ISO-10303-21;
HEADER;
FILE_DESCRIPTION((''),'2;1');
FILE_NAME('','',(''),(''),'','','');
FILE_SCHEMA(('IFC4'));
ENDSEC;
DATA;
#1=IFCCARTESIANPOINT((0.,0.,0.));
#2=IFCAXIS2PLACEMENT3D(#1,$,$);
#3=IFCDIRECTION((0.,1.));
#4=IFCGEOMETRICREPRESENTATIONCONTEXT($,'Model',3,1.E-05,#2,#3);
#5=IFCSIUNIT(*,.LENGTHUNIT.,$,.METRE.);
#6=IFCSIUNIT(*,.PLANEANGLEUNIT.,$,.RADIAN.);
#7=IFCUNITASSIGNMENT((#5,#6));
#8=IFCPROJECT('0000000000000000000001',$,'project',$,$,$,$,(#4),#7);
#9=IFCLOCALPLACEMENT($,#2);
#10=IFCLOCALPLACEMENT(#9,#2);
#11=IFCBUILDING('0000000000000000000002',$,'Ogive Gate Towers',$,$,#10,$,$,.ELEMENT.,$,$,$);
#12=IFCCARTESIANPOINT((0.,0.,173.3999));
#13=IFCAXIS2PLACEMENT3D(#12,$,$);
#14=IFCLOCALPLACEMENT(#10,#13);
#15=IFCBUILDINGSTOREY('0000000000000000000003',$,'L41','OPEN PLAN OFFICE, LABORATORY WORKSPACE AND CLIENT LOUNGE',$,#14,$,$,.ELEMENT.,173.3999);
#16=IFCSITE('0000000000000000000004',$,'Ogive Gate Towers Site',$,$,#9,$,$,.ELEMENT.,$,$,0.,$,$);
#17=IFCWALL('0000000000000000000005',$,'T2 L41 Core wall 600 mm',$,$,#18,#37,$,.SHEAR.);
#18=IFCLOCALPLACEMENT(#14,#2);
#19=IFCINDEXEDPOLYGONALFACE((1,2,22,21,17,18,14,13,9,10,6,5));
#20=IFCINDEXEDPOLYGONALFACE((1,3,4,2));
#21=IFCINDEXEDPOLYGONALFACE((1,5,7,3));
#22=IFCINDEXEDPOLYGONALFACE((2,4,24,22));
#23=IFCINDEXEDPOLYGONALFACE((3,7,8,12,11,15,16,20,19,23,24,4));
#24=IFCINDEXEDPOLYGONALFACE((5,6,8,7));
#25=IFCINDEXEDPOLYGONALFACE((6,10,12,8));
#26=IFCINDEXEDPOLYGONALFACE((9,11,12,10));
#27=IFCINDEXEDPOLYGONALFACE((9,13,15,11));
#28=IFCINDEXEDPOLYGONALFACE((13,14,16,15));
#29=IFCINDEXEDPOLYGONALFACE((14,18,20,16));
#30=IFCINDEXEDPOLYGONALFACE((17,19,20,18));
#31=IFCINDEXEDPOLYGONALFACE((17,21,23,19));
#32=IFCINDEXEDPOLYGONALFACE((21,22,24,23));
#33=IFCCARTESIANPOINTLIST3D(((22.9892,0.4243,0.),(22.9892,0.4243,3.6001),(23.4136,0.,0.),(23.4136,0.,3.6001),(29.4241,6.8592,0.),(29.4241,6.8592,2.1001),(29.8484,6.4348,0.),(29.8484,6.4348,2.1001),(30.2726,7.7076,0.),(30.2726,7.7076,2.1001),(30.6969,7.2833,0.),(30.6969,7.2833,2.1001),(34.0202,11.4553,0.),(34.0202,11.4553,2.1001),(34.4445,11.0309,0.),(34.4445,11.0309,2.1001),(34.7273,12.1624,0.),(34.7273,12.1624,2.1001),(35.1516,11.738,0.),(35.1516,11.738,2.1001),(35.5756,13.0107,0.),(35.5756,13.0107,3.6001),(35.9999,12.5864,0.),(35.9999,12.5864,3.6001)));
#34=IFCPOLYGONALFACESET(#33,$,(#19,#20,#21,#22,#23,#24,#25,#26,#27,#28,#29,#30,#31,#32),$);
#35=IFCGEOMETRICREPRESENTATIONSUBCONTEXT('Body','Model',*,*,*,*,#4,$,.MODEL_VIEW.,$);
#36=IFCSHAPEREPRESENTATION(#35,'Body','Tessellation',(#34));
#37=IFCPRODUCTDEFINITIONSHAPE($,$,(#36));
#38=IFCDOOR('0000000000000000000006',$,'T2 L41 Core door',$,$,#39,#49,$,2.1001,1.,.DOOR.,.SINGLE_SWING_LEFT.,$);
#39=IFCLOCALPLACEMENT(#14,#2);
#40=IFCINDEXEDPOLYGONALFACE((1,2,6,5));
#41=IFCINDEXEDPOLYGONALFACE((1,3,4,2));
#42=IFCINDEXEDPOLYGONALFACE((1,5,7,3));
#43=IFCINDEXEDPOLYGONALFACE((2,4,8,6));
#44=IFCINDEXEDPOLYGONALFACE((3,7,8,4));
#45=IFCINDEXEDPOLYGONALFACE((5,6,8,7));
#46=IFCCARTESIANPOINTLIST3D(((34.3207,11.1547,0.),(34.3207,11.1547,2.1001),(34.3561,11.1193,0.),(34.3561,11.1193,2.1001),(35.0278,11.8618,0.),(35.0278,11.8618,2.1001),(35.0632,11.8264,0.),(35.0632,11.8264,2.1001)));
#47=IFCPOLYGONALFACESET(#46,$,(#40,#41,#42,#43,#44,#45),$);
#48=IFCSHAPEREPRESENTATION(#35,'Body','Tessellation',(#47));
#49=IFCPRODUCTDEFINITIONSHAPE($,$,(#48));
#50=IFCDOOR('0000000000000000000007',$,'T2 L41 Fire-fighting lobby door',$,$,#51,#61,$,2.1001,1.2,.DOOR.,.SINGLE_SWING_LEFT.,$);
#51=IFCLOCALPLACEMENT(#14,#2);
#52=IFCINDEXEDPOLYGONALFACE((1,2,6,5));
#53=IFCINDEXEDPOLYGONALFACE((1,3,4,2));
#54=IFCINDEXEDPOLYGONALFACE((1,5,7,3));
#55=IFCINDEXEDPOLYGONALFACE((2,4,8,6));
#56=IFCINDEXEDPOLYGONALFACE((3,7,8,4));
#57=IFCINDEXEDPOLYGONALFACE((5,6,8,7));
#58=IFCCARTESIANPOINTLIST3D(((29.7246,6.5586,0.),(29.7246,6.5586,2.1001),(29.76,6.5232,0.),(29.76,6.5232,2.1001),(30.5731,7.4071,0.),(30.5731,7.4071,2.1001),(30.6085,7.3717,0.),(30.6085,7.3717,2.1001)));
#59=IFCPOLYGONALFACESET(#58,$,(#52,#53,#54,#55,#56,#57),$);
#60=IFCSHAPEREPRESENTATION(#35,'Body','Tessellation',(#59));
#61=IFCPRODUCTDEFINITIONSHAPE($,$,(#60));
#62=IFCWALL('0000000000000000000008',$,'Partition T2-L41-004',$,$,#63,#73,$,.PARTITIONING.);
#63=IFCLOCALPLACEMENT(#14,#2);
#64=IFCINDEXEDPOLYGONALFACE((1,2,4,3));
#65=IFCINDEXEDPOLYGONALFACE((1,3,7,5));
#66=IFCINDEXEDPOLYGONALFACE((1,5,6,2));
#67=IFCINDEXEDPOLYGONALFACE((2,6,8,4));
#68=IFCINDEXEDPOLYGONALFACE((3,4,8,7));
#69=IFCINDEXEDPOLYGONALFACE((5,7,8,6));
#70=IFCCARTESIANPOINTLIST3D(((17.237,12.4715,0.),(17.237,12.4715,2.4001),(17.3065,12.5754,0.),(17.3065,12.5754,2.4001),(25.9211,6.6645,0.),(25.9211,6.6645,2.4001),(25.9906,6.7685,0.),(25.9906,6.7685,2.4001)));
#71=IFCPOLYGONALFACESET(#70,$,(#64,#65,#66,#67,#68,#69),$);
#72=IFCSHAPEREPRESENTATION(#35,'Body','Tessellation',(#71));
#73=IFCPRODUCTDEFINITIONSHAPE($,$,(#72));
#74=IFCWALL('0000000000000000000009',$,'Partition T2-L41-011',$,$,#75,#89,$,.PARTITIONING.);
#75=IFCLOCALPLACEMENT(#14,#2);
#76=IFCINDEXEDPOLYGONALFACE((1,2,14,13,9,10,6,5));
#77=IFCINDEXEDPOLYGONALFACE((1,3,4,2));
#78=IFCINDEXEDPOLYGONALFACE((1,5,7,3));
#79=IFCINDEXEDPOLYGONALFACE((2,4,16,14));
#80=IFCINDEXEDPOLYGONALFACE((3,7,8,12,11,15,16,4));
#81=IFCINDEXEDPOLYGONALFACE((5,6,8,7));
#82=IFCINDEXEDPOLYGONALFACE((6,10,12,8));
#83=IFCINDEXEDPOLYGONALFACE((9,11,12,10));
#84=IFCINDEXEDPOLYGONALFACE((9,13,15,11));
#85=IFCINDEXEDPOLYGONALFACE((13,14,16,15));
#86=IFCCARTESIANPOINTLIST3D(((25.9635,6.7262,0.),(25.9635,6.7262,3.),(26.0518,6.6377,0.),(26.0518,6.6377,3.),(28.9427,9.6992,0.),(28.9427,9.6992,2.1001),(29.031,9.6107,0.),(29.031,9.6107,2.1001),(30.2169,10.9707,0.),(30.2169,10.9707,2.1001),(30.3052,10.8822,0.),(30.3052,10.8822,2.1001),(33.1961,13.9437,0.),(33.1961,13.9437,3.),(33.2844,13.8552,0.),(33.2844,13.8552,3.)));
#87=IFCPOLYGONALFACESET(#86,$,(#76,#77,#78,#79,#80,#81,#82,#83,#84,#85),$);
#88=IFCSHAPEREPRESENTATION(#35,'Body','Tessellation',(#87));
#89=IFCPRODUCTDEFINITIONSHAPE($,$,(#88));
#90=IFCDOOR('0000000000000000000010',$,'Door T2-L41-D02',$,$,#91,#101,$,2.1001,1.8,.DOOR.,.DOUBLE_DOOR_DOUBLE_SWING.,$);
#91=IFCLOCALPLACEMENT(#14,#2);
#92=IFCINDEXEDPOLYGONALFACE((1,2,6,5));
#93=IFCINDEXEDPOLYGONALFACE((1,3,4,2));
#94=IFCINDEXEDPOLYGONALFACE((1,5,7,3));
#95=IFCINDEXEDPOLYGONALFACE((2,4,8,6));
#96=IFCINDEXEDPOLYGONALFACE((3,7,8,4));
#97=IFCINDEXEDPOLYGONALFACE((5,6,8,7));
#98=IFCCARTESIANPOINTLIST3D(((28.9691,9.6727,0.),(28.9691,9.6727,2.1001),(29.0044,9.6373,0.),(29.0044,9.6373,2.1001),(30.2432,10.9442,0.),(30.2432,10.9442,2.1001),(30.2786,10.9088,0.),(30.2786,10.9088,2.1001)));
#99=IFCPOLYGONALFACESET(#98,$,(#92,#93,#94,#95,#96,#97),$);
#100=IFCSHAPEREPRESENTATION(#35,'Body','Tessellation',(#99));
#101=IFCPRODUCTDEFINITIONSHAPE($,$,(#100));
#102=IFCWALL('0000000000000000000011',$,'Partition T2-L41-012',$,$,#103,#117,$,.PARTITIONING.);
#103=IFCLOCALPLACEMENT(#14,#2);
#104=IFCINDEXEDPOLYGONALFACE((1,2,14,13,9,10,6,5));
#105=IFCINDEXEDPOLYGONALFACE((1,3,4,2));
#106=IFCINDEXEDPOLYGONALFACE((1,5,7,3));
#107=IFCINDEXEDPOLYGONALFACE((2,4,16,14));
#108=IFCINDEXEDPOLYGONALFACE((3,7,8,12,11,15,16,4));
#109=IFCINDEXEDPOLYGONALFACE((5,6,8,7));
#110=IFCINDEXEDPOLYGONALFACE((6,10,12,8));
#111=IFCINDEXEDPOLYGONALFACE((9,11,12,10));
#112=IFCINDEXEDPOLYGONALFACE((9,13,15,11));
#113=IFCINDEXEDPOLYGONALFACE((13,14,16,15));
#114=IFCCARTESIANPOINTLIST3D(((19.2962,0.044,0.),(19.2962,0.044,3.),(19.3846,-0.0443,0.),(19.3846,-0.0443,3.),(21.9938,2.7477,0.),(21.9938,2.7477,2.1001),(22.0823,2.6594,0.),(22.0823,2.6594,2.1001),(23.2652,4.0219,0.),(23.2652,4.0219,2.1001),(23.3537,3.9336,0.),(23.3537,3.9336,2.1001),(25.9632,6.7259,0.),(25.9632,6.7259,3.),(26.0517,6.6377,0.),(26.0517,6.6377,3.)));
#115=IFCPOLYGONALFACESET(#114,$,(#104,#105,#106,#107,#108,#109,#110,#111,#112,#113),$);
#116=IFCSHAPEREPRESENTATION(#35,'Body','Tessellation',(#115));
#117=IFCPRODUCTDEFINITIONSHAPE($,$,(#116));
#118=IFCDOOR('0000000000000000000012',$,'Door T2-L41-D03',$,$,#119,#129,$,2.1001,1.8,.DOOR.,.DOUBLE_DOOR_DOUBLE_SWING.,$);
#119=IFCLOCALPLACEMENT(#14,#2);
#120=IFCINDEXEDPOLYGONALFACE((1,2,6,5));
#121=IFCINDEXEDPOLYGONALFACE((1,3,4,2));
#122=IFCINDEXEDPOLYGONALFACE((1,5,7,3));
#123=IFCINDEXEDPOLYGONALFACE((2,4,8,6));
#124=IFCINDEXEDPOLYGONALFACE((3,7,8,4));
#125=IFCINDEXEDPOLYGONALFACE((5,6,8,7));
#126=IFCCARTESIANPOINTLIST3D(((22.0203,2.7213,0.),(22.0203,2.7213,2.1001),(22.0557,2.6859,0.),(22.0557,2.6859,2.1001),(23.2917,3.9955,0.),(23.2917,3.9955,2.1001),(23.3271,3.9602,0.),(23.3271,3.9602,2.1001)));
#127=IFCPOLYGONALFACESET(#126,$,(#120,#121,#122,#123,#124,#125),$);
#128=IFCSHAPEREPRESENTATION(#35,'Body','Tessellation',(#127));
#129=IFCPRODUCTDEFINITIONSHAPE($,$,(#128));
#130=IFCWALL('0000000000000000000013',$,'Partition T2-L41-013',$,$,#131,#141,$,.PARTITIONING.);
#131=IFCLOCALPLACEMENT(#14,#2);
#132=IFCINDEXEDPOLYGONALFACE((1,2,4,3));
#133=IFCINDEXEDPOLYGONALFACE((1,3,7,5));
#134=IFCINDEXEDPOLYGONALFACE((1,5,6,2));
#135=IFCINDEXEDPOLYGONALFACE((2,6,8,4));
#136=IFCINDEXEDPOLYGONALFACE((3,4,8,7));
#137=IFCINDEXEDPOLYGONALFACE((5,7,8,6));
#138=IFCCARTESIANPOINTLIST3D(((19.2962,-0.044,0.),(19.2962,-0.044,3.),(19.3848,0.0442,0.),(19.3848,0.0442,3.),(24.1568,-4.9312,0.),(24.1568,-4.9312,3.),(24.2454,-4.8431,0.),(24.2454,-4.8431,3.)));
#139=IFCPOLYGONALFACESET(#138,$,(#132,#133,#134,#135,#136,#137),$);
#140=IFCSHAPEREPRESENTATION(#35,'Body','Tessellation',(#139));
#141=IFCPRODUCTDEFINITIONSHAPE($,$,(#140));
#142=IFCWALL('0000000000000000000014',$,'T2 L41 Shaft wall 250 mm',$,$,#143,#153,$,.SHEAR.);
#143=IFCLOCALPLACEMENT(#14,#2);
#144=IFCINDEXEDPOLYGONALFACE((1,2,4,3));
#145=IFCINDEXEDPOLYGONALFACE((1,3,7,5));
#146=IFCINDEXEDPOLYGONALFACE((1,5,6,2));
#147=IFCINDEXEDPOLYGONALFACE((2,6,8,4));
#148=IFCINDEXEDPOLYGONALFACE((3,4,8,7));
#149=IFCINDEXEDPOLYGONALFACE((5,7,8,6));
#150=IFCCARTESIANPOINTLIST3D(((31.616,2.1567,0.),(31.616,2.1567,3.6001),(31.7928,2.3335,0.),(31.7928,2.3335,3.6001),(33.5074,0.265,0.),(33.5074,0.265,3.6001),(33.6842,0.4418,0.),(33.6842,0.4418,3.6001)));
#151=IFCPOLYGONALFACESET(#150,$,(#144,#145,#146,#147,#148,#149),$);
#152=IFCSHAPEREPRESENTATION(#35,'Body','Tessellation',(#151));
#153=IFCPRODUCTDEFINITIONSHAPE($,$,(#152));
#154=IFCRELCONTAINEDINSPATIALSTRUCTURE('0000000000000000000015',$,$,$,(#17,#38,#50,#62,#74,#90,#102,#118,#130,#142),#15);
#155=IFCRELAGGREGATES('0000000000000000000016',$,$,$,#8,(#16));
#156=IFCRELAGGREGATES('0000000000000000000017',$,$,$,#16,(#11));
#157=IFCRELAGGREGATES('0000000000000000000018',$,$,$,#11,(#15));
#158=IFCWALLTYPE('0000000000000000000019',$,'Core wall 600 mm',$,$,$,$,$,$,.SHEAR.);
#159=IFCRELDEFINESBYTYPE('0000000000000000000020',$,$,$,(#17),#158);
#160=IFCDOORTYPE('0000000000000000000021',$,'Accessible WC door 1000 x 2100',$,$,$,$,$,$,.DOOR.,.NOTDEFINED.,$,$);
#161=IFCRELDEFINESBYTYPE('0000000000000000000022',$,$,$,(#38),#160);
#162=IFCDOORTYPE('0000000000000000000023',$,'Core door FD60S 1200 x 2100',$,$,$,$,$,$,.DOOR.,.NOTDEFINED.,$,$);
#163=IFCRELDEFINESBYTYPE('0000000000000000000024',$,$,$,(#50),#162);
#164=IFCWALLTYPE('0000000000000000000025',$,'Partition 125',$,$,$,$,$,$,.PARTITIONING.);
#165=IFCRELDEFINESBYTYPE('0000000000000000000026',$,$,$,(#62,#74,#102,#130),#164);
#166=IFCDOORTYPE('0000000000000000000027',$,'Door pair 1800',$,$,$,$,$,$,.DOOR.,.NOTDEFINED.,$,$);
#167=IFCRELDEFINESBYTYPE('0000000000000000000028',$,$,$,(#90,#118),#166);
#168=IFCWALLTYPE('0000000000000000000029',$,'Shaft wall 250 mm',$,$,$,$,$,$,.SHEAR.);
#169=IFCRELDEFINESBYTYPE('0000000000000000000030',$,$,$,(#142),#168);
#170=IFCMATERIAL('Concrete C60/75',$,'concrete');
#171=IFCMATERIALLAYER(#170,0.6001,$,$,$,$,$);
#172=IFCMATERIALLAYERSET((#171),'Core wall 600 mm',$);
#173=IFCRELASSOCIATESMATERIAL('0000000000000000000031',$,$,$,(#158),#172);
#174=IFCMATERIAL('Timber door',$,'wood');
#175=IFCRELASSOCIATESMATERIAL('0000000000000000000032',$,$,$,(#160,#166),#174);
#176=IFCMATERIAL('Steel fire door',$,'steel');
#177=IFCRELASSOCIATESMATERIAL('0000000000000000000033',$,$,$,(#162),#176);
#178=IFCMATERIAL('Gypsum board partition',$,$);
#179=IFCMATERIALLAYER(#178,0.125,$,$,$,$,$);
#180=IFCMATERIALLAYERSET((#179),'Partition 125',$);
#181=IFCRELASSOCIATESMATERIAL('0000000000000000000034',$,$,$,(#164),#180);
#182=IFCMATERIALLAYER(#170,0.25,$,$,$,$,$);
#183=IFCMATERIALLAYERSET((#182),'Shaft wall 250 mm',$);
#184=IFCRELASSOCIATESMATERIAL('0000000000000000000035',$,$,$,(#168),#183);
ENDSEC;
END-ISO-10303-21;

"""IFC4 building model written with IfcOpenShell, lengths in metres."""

from ifc_helpers import new_model, si_unit, direction, frame, frame_2d, origin, place, context, subcontext, project, spatial, rectangle, extrude, material, layer, layer_set, type_object, element, fill, save


model = new_model("IFC4")

# Units and contexts
model_context = context("Model", 3, precision=1e-05, world=origin(), true_north=direction((0.0, 1.0)))
body_context = subcontext(model_context, "Body", "Model", "MODEL_VIEW")
ifc_project = project(units=[si_unit("LENGTHUNIT", "METRE"), si_unit("PLANEANGLEUNIT", "RADIAN")], contexts=[model_context])

# Site, building, storey
site_placement = place(None, origin())
site = spatial("IfcSite", under=ifc_project, at=site_placement, Name="Ogive Gate Towers Site", CompositionType="ELEMENT", RefElevation=0.0)
building_placement = place(site_placement, origin())
building = spatial("IfcBuilding", under=site, at=building_placement, Name="Ogive Gate Towers", CompositionType="ELEMENT")
storey_placement = place(building_placement, frame((0.0, 0.0, 173.3999)))
storey = spatial("IfcBuildingStorey", under=building, at=storey_placement, Name="L41", Description="OPEN PLAN OFFICE, LABORATORY WORKSPACE AND CLIENT LOUNGE", CompositionType="ELEMENT", Elevation=173.3999)

# Wall, openings, doors
ifc_material_1 = material(Name="Concrete C60/75", Category="concrete")
ifc_layer_1 = layer(ifc_material_1, 0.6001)
ifc_layer_set_1 = layer_set([ifc_layer_1], Name="Core wall 600 mm")
wall_type_1 = type_object("IfcWallType", Name="Core wall 600 mm", PredefinedType="SHEAR", material=ifc_layer_set_1)
wall_1_placement = place(storey_placement, frame((23.2014, 0.2122, 0.0), z_axis=(0.0, 0.0, 1.0), x_axis=(0.707107, 0.707107, 0.0)))
wall_1 = element("IfcWall", 1, at=wall_1_placement, inside=storey, type_object=wall_type_1, Name="T2 L41 Core wall 600 mm", PredefinedType="SHEAR", context=body_context, shape_type="SweptSolid", body=[
    extrude(rectangle(XDim=17.7998, YDim=0.6001, at=frame_2d((8.8999, 0.0))), origin(), (0.0, 0.0, 1.0), 3.6001),
])
opening_1_placement = place(wall_1_placement, frame((9.1001, 0.0, 0.0)))
opening_1 = element("IfcOpeningElement", 2, at=opening_1_placement, cuts=wall_1, PredefinedType="OPENING", context=body_context, shape_type="SweptSolid", body=[
    extrude(rectangle(XDim=1.2, YDim=2.1001, at=frame_2d((0.6001, 1.05))), frame((0.0, 0.3101, 0.0), z_axis=(0.0, -1.0, 0.0), x_axis=(1.0, 0.0, 0.0)), (0.0, 0.0, 1.0), 0.6201),
])
opening_2_placement = place(wall_1_placement, frame((15.6001, 0.0, 0.0)))
opening_2 = element("IfcOpeningElement", 3, at=opening_2_placement, cuts=wall_1, PredefinedType="OPENING", context=body_context, shape_type="SweptSolid", body=[
    extrude(rectangle(XDim=1.0, YDim=2.1001, at=frame_2d((0.5, 1.05))), frame((0.0, 0.3101, 0.0), z_axis=(0.0, -1.0, 0.0), x_axis=(1.0, 0.0, 0.0)), (0.0, 0.0, 1.0), 0.6201),
])
ifc_material_2 = material(Name="Timber door", Category="wood")
door_type_1 = type_object("IfcDoorType", Name="Accessible WC door 1000 x 2100", OperationType="NOTDEFINED", PredefinedType="DOOR", material=ifc_material_2)
door_1_placement = place(opening_2_placement, origin())
door_1 = element("IfcDoor", 4, at=door_1_placement, inside=storey, type_object=door_type_1, Name="T2 L41 Core door", OperationType="SINGLE_SWING_LEFT", OverallHeight=2.1001, OverallWidth=1.0, PredefinedType="DOOR", context=body_context, shape_type="SweptSolid", body=[
    extrude(rectangle(XDim=1.0, YDim=2.1001, at=frame_2d((0.5, 1.05))), frame((0.0, -0.125, 0.0), z_axis=(0.0, -1.0, 0.0), x_axis=(1.0, 0.0, 0.0)), (0.0, 0.0, 1.0), 0.05),
])
fill(opening_2, door_1)
ifc_material_3 = material(Name="Steel fire door", Category="steel")
door_type_2 = type_object("IfcDoorType", Name="Core door FD60S 1200 x 2100", OperationType="NOTDEFINED", PredefinedType="DOOR", material=ifc_material_3)
door_2_placement = place(opening_1_placement, origin())
door_2 = element("IfcDoor", 5, at=door_2_placement, inside=storey, type_object=door_type_2, Name="T2 L41 Fire-fighting lobby door", OperationType="SINGLE_SWING_LEFT", OverallHeight=2.1001, OverallWidth=1.2, PredefinedType="DOOR", context=body_context, shape_type="SweptSolid", body=[
    extrude(rectangle(XDim=1.2, YDim=2.1001, at=frame_2d((0.6001, 1.05))), frame((0.0, -0.125, 0.0), z_axis=(0.0, -1.0, 0.0), x_axis=(1.0, 0.0, 0.0)), (0.0, 0.0, 1.0), 0.05),
])
fill(opening_1, door_2)

# Wall
ifc_material_4 = material(Name="Gypsum board partition")
ifc_layer_2 = layer(ifc_material_4, 0.125)
ifc_layer_set_2 = layer_set([ifc_layer_2], Name="Partition 125")
wall_type_2 = type_object("IfcWallType", Name="Partition 125", PredefinedType="PARTITIONING", material=ifc_layer_set_2)
wall_2_placement = place(storey_placement, frame((17.2717, 12.5234, 0.0), z_axis=(0.0, 0.0, 1.0), x_axis=(0.831276, -0.555859, 0.0)))
element("IfcWall", 6, at=wall_2_placement, inside=storey, type_object=wall_type_2, Name="Partition T2-L41-004", PredefinedType="PARTITIONING", context=body_context, shape_type="SweptSolid", body=[
    extrude(rectangle(XDim=10.4468, YDim=0.125, at=frame_2d((5.2234, 0.0))), origin(), (0.0, 0.0, 1.0), 2.4001),
])

# Walls, openings, doors
wall_3_placement = place(storey_placement, frame((33.2402, 13.8994, 0.0), z_axis=(0.0, 0.0, 1.0), x_axis=(-0.707847, -0.706366, 0.0)))
wall_3 = element("IfcWall", 7, at=wall_3_placement, inside=storey, type_object=wall_type_2, Name="Partition T2-L41-011", PredefinedType="PARTITIONING", context=body_context, shape_type="SweptSolid", body=[
    extrude(rectangle(XDim=10.2178, YDim=0.125, at=frame_2d((5.1089, 0.0))), origin(), (0.0, 0.0, 1.0), 3.0),
])
opening_3_placement = place(wall_3_placement, frame((4.209, 0.0, 0.0)))
opening_3 = element("IfcOpeningElement", 8, at=opening_3_placement, cuts=wall_3, PredefinedType="OPENING", context=body_context, shape_type="SweptSolid", body=[
    extrude(rectangle(XDim=1.8, YDim=2.1001, at=frame_2d((0.8999, 1.05))), frame((0.0, 0.0725, 0.0), z_axis=(0.0, -1.0, 0.0), x_axis=(1.0, 0.0, 0.0)), (0.0, 0.0, 1.0), 0.145),
])
door_type_3 = type_object("IfcDoorType", Name="Door pair 1800", OperationType="NOTDEFINED", PredefinedType="DOOR", material=ifc_material_2)
door_3_placement = place(opening_3_placement, origin())
door_3 = element("IfcDoor", 9, at=door_3_placement, inside=storey, type_object=door_type_3, Name="Door T2-L41-D02", OperationType="DOUBLE_DOOR_DOUBLE_SWING", OverallHeight=2.1001, OverallWidth=1.8, PredefinedType="DOOR", context=body_context, shape_type="SweptSolid", body=[
    extrude(rectangle(XDim=1.8, YDim=2.1001, at=frame_2d((0.8999, 1.05))), frame((0.0, 0.0249, 0.0), z_axis=(0.0, -1.0, 0.0), x_axis=(1.0, 0.0, 0.0)), (0.0, 0.0, 1.0), 0.05),
])
fill(opening_3, door_3)
wall_4_placement = place(storey_placement, frame((26.0076, 6.6819, 0.0), z_axis=(0.0, 0.0, 1.0), x_axis=(-0.706317, -0.707895, 0.0)))
wall_4 = element("IfcWall", 10, at=wall_4_placement, inside=storey, type_object=wall_type_2, Name="Partition T2-L41-012", PredefinedType="PARTITIONING", context=body_context, shape_type="SweptSolid", body=[
    extrude(rectangle(XDim=9.4392, YDim=0.125, at=frame_2d((4.7197, 0.0))), origin(), (0.0, 0.0, 1.0), 3.0),
])
opening_4_placement = place(wall_4_placement, frame((3.8201, 0.0, 0.0)))
opening_4 = element("IfcOpeningElement", 11, at=opening_4_placement, cuts=wall_4, PredefinedType="OPENING", context=body_context, shape_type="SweptSolid", body=[
    extrude(rectangle(XDim=1.8, YDim=2.1001, at=frame_2d((0.8999, 1.05))), frame((0.0, 0.0725, 0.0), z_axis=(0.0, -1.0, 0.0), x_axis=(1.0, 0.0, 0.0)), (0.0, 0.0, 1.0), 0.145),
])
door_4_placement = place(opening_4_placement, origin())
door_4 = element("IfcDoor", 12, at=door_4_placement, inside=storey, type_object=door_type_3, Name="Door T2-L41-D03", OperationType="DOUBLE_DOOR_DOUBLE_SWING", OverallHeight=2.1001, OverallWidth=1.8, PredefinedType="DOOR", context=body_context, shape_type="SweptSolid", body=[
    extrude(rectangle(XDim=1.8, YDim=2.1001, at=frame_2d((0.8999, 1.05))), frame((0.0, 0.0249, 0.0), z_axis=(0.0, -1.0, 0.0), x_axis=(1.0, 0.0, 0.0)), (0.0, 0.0, 1.0), 0.05),
])
fill(opening_4, door_4)

# Walls
wall_5_placement = place(storey_placement, frame((19.3406, 0.0, 0.0), z_axis=(0.0, 0.0, 1.0), x_axis=(0.705174, -0.709035, 0.0)))
element("IfcWall", 13, at=wall_5_placement, inside=storey, type_object=wall_type_2, Name="Partition T2-L41-013", PredefinedType="PARTITIONING", context=body_context, shape_type="SweptSolid", body=[
    extrude(rectangle(XDim=6.8928, YDim=0.125, at=frame_2d((3.4463, 0.0))), origin(), (0.0, 0.0, 1.0), 3.0),
])
ifc_layer_3 = layer(ifc_material_1, 0.25)
ifc_layer_set_3 = layer_set([ifc_layer_3], Name="Shaft wall 250 mm")
wall_type_3 = type_object("IfcWallType", Name="Shaft wall 250 mm", PredefinedType="SHEAR", material=ifc_layer_set_3)
wall_6_placement = place(storey_placement, frame((33.5957, 0.3535, 0.0), z_axis=(0.0, 0.0, 1.0), x_axis=(-0.707061, 0.707152, 0.0)))
element("IfcWall", 14, at=wall_6_placement, inside=storey, type_object=wall_type_3, Name="T2 L41 Shaft wall 250 mm", PredefinedType="SHEAR", context=body_context, shape_type="SweptSolid", body=[
    extrude(rectangle(XDim=2.675, YDim=0.25, at=frame_2d((1.3374, 0.0))), origin(), (0.0, 0.0, 1.0), 3.6001),
])

save(model, "model.ifc")
